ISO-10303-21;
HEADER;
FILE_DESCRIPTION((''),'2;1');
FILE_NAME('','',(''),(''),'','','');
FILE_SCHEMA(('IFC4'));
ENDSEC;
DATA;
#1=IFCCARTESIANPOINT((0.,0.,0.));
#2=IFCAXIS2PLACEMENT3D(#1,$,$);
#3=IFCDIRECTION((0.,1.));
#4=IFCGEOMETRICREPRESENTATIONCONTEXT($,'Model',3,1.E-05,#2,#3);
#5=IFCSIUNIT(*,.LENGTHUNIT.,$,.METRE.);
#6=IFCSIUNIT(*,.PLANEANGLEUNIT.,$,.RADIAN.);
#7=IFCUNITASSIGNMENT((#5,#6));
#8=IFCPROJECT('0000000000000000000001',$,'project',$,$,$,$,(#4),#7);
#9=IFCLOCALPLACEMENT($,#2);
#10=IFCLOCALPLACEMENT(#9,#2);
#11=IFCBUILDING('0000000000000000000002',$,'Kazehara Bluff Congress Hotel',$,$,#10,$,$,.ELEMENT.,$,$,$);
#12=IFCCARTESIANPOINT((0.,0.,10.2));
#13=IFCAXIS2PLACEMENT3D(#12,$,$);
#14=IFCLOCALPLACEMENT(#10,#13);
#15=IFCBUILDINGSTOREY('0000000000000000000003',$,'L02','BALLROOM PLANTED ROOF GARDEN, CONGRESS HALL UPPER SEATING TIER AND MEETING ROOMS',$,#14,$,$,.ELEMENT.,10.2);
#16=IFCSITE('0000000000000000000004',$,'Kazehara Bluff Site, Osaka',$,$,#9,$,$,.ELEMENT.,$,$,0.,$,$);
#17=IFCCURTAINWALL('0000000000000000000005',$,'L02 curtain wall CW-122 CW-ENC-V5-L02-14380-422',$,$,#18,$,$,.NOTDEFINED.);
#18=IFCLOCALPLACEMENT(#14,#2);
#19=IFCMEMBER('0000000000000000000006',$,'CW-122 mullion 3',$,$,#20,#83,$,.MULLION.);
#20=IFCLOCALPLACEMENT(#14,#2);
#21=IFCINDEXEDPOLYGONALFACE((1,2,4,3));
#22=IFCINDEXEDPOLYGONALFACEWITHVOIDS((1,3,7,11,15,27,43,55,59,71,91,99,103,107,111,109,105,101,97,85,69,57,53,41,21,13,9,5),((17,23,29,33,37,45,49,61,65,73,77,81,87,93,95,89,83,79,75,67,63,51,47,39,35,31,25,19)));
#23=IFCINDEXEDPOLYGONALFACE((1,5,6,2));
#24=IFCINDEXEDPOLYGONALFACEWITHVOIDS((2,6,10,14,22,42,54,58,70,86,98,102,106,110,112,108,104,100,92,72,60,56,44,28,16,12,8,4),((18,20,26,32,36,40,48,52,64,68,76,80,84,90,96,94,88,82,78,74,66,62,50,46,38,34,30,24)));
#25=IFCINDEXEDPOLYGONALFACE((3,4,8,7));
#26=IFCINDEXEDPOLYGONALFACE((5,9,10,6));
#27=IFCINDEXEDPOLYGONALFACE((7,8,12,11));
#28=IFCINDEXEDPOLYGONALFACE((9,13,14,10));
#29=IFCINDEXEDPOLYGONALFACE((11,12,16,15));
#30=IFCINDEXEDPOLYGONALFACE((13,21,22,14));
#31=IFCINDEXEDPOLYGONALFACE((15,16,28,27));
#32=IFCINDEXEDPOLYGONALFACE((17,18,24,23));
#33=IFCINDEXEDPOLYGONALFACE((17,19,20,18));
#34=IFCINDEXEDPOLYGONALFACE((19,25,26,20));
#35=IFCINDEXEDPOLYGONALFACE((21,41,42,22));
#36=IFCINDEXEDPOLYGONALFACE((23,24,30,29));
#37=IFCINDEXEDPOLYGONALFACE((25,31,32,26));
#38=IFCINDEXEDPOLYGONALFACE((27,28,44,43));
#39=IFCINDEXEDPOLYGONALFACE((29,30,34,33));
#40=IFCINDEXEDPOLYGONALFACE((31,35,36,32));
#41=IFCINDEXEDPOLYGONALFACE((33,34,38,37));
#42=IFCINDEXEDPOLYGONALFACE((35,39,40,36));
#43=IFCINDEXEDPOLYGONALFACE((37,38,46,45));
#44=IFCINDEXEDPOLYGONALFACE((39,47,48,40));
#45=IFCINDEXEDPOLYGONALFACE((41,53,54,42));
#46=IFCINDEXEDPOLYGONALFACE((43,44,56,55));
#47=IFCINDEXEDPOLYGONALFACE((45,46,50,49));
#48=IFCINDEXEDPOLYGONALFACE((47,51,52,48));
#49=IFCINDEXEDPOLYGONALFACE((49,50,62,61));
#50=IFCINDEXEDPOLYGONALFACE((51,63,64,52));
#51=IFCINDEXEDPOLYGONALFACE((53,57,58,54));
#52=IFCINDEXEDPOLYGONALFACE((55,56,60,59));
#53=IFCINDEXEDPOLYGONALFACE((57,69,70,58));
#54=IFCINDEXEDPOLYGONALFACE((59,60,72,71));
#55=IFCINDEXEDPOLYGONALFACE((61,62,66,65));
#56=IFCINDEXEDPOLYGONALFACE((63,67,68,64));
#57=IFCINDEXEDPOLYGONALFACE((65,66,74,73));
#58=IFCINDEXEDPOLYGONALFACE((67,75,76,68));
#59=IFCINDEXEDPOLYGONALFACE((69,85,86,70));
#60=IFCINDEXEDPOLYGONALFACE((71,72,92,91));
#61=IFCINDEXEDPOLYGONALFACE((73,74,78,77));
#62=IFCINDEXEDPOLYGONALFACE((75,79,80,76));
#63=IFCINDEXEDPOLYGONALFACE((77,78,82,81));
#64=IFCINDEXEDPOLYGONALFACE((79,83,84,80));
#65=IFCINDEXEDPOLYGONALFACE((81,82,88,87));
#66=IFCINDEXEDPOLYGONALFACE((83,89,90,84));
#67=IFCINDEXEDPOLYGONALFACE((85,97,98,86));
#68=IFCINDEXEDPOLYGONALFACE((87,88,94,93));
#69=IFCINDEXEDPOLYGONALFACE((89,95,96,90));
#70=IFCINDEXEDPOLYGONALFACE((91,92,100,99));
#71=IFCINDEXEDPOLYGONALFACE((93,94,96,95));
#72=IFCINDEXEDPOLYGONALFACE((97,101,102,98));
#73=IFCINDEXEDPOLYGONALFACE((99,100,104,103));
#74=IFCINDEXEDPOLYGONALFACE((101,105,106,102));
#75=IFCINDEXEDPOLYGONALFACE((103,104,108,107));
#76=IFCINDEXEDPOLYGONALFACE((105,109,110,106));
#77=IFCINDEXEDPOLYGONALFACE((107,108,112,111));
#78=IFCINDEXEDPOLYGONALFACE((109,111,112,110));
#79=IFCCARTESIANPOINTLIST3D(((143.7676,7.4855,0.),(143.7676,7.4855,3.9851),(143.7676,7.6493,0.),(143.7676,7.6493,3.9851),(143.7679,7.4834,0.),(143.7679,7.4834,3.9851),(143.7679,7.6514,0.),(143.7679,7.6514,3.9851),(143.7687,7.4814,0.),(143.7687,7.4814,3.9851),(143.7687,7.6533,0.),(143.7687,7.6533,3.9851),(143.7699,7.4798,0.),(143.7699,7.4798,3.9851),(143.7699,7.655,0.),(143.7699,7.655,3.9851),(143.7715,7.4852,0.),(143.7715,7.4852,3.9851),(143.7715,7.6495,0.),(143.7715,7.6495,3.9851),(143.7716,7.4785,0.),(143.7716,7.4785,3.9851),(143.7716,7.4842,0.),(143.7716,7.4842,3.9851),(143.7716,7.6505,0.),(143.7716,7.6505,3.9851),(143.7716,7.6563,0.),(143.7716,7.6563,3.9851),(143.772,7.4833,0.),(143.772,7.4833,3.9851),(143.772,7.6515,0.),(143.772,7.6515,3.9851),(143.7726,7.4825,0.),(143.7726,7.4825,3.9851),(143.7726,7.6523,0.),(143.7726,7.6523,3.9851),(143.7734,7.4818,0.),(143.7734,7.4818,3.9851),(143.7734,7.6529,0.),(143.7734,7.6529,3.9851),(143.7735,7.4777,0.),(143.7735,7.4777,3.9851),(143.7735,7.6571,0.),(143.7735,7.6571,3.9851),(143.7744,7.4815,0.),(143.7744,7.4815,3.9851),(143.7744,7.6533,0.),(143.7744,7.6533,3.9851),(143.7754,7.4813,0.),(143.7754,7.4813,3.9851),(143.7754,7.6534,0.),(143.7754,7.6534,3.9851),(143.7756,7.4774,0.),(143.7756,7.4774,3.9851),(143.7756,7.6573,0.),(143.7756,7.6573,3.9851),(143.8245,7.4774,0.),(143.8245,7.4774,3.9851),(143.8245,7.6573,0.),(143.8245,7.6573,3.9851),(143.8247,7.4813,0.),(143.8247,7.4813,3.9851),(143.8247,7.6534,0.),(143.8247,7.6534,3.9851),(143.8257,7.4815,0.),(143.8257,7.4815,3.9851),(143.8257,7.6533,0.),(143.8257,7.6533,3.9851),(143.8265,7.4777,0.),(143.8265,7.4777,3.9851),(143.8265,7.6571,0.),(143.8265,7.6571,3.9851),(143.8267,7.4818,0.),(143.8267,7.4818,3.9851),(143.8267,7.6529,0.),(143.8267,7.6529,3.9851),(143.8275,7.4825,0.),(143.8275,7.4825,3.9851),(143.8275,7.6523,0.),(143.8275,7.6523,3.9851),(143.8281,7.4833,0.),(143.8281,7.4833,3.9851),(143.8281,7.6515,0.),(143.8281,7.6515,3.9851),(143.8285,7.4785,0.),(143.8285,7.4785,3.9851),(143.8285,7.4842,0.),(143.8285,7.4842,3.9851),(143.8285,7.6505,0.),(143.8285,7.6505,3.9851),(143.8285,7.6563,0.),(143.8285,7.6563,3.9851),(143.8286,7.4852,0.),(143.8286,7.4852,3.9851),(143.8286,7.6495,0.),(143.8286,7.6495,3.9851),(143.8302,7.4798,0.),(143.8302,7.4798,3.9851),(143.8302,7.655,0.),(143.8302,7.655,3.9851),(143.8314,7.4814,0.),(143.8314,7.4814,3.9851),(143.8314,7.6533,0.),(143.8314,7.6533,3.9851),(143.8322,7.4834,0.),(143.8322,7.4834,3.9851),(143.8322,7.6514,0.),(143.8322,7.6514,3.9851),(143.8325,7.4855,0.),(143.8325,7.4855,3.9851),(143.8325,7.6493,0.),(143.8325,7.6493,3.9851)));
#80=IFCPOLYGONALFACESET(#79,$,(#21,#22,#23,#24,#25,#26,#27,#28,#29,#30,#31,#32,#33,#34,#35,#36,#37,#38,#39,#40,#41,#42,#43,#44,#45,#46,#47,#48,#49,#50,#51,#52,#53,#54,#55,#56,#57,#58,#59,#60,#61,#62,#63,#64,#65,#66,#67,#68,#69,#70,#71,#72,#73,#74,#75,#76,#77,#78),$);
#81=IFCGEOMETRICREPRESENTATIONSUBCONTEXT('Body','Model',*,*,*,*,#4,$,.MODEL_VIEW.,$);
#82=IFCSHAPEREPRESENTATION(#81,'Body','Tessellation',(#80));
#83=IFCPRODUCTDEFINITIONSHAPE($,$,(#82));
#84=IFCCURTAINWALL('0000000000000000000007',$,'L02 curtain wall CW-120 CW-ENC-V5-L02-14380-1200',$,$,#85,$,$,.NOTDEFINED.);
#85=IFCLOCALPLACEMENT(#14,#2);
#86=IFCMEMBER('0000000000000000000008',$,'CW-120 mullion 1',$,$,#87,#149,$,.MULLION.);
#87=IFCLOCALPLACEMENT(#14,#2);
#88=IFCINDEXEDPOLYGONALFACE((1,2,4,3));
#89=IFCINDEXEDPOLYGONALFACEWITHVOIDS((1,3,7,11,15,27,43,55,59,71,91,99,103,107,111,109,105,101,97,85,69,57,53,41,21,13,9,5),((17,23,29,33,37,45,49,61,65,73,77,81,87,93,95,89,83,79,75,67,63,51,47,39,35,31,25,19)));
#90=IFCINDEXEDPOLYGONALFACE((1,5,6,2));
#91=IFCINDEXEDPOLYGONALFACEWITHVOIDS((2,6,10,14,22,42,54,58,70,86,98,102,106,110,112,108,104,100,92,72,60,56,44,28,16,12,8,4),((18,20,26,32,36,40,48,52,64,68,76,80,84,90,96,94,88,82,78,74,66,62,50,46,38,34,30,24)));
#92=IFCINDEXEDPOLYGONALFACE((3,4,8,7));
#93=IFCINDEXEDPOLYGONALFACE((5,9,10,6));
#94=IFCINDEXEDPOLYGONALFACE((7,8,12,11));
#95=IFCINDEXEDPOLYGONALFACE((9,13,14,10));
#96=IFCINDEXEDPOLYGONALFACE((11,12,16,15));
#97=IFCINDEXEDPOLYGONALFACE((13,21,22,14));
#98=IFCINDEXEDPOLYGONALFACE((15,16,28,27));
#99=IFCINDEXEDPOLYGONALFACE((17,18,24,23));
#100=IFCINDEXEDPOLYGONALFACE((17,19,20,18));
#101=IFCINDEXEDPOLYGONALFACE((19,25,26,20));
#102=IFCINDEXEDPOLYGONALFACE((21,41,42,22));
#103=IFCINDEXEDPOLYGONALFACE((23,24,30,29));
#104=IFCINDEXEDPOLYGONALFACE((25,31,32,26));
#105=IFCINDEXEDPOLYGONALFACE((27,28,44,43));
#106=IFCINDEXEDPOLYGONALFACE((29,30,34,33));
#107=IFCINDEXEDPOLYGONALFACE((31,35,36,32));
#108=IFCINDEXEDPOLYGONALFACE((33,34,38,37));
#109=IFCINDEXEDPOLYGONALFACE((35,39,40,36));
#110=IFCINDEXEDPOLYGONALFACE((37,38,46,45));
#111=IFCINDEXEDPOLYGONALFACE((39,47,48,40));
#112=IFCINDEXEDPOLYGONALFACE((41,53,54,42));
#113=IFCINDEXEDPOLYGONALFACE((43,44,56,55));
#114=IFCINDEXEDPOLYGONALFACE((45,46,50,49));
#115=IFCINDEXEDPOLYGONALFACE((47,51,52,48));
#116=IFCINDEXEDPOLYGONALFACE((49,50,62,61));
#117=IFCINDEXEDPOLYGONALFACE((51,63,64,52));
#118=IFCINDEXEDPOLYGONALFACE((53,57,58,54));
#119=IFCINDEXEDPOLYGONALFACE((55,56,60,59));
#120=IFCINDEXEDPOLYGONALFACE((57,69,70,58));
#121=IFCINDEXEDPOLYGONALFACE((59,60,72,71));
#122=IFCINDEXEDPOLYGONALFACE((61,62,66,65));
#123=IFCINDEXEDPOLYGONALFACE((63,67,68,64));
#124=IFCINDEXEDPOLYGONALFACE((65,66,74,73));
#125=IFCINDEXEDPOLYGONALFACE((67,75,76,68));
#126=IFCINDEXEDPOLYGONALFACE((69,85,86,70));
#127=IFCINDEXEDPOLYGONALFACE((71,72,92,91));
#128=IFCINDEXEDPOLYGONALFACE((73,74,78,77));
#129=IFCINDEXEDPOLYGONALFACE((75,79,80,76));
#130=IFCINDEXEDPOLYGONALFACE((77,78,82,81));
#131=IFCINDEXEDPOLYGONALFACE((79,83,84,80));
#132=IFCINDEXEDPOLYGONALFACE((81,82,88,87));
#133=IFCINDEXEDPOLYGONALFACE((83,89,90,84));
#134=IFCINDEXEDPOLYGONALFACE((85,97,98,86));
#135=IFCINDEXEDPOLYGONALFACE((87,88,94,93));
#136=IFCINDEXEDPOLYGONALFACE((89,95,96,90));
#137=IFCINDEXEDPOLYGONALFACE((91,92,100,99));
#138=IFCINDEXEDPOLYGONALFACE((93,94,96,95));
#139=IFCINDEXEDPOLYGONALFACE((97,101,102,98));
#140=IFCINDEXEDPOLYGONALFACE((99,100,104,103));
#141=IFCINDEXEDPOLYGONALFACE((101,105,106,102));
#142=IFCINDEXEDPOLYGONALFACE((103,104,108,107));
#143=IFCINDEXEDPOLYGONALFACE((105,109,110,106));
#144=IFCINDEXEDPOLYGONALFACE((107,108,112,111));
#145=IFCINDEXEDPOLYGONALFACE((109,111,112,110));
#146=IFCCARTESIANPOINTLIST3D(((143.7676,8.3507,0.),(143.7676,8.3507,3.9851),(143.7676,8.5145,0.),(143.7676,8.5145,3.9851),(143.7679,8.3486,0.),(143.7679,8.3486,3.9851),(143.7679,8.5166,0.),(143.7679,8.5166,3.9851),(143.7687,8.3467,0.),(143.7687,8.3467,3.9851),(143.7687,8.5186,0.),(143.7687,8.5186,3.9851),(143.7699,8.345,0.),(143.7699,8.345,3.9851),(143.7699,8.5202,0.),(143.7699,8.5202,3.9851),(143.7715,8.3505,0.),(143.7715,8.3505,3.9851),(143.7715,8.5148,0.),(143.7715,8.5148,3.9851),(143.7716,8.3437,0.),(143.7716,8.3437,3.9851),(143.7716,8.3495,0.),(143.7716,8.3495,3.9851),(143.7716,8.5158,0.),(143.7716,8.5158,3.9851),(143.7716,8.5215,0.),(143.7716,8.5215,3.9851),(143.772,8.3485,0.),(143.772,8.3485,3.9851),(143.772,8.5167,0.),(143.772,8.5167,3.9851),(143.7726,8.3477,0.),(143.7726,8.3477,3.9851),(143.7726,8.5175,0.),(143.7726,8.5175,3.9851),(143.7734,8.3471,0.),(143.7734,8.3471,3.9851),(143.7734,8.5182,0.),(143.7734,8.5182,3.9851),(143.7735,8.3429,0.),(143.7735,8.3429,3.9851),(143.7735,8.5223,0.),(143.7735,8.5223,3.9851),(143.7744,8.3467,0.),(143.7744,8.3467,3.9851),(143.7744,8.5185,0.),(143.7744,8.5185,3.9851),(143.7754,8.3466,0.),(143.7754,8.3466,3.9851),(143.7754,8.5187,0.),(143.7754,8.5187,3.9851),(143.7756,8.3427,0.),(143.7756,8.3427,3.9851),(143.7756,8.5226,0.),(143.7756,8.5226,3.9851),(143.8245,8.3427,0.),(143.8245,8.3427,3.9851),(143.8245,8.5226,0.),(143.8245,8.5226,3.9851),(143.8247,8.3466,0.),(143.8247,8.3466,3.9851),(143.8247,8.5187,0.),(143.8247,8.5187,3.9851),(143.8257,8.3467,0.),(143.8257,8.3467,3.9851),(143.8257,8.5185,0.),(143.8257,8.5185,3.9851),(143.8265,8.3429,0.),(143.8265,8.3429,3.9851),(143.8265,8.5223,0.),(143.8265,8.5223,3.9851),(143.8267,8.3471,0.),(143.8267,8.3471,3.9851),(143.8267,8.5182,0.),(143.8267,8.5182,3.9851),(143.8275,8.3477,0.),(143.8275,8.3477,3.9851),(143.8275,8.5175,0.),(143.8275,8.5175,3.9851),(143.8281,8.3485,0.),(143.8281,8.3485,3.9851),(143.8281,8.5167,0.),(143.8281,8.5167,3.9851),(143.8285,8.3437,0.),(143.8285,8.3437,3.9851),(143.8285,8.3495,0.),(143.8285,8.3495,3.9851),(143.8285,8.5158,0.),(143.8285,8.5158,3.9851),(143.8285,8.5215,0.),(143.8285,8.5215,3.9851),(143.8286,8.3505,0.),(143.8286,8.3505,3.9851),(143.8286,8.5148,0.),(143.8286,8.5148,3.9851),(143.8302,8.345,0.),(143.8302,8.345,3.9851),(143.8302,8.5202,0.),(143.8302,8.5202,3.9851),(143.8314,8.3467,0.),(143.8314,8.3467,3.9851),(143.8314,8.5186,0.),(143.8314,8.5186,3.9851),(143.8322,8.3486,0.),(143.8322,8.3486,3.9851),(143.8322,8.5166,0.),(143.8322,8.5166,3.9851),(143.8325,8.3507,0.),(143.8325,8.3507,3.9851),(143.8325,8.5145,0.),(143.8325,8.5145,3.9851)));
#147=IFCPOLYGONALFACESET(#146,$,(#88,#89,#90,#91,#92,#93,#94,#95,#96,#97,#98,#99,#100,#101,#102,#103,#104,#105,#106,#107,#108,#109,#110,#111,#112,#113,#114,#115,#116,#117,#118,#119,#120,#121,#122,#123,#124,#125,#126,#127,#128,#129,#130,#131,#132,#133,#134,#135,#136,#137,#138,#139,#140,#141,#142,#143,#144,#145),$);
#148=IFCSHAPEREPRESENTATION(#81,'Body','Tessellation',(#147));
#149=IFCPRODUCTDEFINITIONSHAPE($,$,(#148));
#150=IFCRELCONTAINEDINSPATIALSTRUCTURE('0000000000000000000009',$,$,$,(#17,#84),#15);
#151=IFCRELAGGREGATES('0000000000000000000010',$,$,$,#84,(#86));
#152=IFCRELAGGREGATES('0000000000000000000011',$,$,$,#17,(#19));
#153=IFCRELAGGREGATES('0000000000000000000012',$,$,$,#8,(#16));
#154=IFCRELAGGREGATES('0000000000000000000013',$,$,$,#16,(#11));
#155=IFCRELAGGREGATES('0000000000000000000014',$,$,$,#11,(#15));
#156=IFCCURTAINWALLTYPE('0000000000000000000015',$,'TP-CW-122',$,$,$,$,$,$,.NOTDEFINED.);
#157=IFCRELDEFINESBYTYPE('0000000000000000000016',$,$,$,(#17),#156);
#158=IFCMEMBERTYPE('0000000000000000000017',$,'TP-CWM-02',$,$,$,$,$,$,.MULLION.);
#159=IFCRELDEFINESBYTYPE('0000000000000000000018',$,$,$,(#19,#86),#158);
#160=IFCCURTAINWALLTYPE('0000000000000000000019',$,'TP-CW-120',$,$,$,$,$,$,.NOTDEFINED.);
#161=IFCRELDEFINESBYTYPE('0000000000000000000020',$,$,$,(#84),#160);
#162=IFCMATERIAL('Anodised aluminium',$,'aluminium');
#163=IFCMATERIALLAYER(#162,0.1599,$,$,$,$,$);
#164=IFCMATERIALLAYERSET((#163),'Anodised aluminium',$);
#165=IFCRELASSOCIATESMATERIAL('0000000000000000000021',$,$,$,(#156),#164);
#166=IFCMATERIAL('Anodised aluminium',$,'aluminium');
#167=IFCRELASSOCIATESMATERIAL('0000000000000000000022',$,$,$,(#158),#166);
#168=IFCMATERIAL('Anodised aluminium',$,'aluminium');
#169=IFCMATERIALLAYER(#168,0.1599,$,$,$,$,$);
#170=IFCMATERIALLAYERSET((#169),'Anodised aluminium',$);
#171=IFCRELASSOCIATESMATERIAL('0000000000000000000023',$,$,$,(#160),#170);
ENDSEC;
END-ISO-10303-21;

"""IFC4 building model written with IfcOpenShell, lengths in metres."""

from ifc_helpers import new_model, si_unit, direction, frame, origin, origin_2d, place, context, subcontext, project, spatial, hollow_rectangle, extrude, material, layer, layer_set, material_profile, profile_set, type_object, element, aggregate, save


model = new_model("IFC4")

# Units and contexts
model_context = context("Model", 3, precision=1e-05, world=origin(), true_north=direction((0.0, 1.0)))
body_context = subcontext(model_context, "Body", "Model", "MODEL_VIEW")
ifc_project = project(units=[si_unit("LENGTHUNIT", "METRE"), si_unit("PLANEANGLEUNIT", "RADIAN")], contexts=[model_context])

# Site, building, storey
site_placement = place(None, origin())
site = spatial("IfcSite", under=ifc_project, at=site_placement, Name="Kazehara Bluff Site, Osaka", CompositionType="ELEMENT", RefElevation=0.0)
building_placement = place(site_placement, origin())
building = spatial("IfcBuilding", under=site, at=building_placement, Name="Kazehara Bluff Congress Hotel", CompositionType="ELEMENT")
storey_placement = place(building_placement, frame((0.0, 0.0, 10.2)))
storey = spatial("IfcBuildingStorey", under=building, at=storey_placement, Name="L02", Description="BALLROOM PLANTED ROOF GARDEN, CONGRESS HALL UPPER SEATING TIER AND MEETING ROOMS", CompositionType="ELEMENT", Elevation=10.2)

# Curtain wall, member
ifc_material_1 = material(Name="Anodised aluminium", Category="aluminium")
ifc_layer_1 = layer(ifc_material_1, 0.1599)
ifc_layer_set_1 = layer_set([ifc_layer_1], Name="Anodised aluminium")
curtain_wall_type_1 = type_object("IfcCurtainWallType", Name="TP-CW-122", PredefinedType="NOTDEFINED", material=ifc_layer_set_1)
curtain_wall_1_placement = place(storey_placement, origin())
curtain_wall_1 = element("IfcCurtainWall", 1, at=curtain_wall_1_placement, inside=storey, type_object=curtain_wall_type_1, Name="L02 curtain wall CW-122 CW-ENC-V5-L02-14380-422", PredefinedType="NOTDEFINED")
ifc_material_2 = material(Name="Anodised aluminium", Category="aluminium")
ifc_material_profile_1 = material_profile(ifc_material_2, hollow_rectangle(XDim=0.0649, YDim=0.1799, WallThickness=0.0039, InnerFilletRadius=0.0039, OuterFilletRadius=0.0081, at=origin_2d()))
ifc_profile_set_1 = profile_set([ifc_material_profile_1], Name="Anodised aluminium")
member_type_1 = type_object("IfcMemberType", Name="TP-CWM-02", PredefinedType="MULLION", material=ifc_profile_set_1)
member_1_placement = place(storey_placement, frame((143.8, 7.5674, 0.0), z_axis=(0.0, 0.0, 1.0), x_axis=(-1.0, 0.0, 0.0)))
member_1 = element("IfcMember", 2, at=member_1_placement, type_object=member_type_1, Name="CW-122 mullion 3", PredefinedType="MULLION", context=body_context, shape_type="SweptSolid", body=[
    extrude(hollow_rectangle(XDim=0.0649, YDim=0.1799, WallThickness=0.0039, InnerFilletRadius=0.0039, OuterFilletRadius=0.0081, at=origin_2d()), origin(), (0.0, 0.0, 1.0), 3.9851),
])

# Curtain wall, member
ifc_material_3 = material(Name="Anodised aluminium", Category="aluminium")
ifc_layer_2 = layer(ifc_material_3, 0.1599)
ifc_layer_set_2 = layer_set([ifc_layer_2], Name="Anodised aluminium")
curtain_wall_type_2 = type_object("IfcCurtainWallType", Name="TP-CW-120", PredefinedType="NOTDEFINED", material=ifc_layer_set_2)
curtain_wall_2_placement = place(storey_placement, origin())
curtain_wall_2 = element("IfcCurtainWall", 3, at=curtain_wall_2_placement, inside=storey, type_object=curtain_wall_type_2, Name="L02 curtain wall CW-120 CW-ENC-V5-L02-14380-1200", PredefinedType="NOTDEFINED")
member_2_placement = place(storey_placement, frame((143.8, 8.4326, 0.0), z_axis=(0.0, 0.0, 1.0), x_axis=(-1.0, 0.0, 0.0)))
member_2 = element("IfcMember", 4, at=member_2_placement, type_object=member_type_1, Name="CW-120 mullion 1", PredefinedType="MULLION", context=body_context, shape_type="SweptSolid", body=[
    extrude(hollow_rectangle(XDim=0.0649, YDim=0.1799, WallThickness=0.0039, InnerFilletRadius=0.0039, OuterFilletRadius=0.0081, at=origin_2d()), origin(), (0.0, 0.0, 1.0), 3.9851),
])

aggregate(curtain_wall_2, [member_2])

aggregate(curtain_wall_1, [member_1])

save(model, "model.ifc")
